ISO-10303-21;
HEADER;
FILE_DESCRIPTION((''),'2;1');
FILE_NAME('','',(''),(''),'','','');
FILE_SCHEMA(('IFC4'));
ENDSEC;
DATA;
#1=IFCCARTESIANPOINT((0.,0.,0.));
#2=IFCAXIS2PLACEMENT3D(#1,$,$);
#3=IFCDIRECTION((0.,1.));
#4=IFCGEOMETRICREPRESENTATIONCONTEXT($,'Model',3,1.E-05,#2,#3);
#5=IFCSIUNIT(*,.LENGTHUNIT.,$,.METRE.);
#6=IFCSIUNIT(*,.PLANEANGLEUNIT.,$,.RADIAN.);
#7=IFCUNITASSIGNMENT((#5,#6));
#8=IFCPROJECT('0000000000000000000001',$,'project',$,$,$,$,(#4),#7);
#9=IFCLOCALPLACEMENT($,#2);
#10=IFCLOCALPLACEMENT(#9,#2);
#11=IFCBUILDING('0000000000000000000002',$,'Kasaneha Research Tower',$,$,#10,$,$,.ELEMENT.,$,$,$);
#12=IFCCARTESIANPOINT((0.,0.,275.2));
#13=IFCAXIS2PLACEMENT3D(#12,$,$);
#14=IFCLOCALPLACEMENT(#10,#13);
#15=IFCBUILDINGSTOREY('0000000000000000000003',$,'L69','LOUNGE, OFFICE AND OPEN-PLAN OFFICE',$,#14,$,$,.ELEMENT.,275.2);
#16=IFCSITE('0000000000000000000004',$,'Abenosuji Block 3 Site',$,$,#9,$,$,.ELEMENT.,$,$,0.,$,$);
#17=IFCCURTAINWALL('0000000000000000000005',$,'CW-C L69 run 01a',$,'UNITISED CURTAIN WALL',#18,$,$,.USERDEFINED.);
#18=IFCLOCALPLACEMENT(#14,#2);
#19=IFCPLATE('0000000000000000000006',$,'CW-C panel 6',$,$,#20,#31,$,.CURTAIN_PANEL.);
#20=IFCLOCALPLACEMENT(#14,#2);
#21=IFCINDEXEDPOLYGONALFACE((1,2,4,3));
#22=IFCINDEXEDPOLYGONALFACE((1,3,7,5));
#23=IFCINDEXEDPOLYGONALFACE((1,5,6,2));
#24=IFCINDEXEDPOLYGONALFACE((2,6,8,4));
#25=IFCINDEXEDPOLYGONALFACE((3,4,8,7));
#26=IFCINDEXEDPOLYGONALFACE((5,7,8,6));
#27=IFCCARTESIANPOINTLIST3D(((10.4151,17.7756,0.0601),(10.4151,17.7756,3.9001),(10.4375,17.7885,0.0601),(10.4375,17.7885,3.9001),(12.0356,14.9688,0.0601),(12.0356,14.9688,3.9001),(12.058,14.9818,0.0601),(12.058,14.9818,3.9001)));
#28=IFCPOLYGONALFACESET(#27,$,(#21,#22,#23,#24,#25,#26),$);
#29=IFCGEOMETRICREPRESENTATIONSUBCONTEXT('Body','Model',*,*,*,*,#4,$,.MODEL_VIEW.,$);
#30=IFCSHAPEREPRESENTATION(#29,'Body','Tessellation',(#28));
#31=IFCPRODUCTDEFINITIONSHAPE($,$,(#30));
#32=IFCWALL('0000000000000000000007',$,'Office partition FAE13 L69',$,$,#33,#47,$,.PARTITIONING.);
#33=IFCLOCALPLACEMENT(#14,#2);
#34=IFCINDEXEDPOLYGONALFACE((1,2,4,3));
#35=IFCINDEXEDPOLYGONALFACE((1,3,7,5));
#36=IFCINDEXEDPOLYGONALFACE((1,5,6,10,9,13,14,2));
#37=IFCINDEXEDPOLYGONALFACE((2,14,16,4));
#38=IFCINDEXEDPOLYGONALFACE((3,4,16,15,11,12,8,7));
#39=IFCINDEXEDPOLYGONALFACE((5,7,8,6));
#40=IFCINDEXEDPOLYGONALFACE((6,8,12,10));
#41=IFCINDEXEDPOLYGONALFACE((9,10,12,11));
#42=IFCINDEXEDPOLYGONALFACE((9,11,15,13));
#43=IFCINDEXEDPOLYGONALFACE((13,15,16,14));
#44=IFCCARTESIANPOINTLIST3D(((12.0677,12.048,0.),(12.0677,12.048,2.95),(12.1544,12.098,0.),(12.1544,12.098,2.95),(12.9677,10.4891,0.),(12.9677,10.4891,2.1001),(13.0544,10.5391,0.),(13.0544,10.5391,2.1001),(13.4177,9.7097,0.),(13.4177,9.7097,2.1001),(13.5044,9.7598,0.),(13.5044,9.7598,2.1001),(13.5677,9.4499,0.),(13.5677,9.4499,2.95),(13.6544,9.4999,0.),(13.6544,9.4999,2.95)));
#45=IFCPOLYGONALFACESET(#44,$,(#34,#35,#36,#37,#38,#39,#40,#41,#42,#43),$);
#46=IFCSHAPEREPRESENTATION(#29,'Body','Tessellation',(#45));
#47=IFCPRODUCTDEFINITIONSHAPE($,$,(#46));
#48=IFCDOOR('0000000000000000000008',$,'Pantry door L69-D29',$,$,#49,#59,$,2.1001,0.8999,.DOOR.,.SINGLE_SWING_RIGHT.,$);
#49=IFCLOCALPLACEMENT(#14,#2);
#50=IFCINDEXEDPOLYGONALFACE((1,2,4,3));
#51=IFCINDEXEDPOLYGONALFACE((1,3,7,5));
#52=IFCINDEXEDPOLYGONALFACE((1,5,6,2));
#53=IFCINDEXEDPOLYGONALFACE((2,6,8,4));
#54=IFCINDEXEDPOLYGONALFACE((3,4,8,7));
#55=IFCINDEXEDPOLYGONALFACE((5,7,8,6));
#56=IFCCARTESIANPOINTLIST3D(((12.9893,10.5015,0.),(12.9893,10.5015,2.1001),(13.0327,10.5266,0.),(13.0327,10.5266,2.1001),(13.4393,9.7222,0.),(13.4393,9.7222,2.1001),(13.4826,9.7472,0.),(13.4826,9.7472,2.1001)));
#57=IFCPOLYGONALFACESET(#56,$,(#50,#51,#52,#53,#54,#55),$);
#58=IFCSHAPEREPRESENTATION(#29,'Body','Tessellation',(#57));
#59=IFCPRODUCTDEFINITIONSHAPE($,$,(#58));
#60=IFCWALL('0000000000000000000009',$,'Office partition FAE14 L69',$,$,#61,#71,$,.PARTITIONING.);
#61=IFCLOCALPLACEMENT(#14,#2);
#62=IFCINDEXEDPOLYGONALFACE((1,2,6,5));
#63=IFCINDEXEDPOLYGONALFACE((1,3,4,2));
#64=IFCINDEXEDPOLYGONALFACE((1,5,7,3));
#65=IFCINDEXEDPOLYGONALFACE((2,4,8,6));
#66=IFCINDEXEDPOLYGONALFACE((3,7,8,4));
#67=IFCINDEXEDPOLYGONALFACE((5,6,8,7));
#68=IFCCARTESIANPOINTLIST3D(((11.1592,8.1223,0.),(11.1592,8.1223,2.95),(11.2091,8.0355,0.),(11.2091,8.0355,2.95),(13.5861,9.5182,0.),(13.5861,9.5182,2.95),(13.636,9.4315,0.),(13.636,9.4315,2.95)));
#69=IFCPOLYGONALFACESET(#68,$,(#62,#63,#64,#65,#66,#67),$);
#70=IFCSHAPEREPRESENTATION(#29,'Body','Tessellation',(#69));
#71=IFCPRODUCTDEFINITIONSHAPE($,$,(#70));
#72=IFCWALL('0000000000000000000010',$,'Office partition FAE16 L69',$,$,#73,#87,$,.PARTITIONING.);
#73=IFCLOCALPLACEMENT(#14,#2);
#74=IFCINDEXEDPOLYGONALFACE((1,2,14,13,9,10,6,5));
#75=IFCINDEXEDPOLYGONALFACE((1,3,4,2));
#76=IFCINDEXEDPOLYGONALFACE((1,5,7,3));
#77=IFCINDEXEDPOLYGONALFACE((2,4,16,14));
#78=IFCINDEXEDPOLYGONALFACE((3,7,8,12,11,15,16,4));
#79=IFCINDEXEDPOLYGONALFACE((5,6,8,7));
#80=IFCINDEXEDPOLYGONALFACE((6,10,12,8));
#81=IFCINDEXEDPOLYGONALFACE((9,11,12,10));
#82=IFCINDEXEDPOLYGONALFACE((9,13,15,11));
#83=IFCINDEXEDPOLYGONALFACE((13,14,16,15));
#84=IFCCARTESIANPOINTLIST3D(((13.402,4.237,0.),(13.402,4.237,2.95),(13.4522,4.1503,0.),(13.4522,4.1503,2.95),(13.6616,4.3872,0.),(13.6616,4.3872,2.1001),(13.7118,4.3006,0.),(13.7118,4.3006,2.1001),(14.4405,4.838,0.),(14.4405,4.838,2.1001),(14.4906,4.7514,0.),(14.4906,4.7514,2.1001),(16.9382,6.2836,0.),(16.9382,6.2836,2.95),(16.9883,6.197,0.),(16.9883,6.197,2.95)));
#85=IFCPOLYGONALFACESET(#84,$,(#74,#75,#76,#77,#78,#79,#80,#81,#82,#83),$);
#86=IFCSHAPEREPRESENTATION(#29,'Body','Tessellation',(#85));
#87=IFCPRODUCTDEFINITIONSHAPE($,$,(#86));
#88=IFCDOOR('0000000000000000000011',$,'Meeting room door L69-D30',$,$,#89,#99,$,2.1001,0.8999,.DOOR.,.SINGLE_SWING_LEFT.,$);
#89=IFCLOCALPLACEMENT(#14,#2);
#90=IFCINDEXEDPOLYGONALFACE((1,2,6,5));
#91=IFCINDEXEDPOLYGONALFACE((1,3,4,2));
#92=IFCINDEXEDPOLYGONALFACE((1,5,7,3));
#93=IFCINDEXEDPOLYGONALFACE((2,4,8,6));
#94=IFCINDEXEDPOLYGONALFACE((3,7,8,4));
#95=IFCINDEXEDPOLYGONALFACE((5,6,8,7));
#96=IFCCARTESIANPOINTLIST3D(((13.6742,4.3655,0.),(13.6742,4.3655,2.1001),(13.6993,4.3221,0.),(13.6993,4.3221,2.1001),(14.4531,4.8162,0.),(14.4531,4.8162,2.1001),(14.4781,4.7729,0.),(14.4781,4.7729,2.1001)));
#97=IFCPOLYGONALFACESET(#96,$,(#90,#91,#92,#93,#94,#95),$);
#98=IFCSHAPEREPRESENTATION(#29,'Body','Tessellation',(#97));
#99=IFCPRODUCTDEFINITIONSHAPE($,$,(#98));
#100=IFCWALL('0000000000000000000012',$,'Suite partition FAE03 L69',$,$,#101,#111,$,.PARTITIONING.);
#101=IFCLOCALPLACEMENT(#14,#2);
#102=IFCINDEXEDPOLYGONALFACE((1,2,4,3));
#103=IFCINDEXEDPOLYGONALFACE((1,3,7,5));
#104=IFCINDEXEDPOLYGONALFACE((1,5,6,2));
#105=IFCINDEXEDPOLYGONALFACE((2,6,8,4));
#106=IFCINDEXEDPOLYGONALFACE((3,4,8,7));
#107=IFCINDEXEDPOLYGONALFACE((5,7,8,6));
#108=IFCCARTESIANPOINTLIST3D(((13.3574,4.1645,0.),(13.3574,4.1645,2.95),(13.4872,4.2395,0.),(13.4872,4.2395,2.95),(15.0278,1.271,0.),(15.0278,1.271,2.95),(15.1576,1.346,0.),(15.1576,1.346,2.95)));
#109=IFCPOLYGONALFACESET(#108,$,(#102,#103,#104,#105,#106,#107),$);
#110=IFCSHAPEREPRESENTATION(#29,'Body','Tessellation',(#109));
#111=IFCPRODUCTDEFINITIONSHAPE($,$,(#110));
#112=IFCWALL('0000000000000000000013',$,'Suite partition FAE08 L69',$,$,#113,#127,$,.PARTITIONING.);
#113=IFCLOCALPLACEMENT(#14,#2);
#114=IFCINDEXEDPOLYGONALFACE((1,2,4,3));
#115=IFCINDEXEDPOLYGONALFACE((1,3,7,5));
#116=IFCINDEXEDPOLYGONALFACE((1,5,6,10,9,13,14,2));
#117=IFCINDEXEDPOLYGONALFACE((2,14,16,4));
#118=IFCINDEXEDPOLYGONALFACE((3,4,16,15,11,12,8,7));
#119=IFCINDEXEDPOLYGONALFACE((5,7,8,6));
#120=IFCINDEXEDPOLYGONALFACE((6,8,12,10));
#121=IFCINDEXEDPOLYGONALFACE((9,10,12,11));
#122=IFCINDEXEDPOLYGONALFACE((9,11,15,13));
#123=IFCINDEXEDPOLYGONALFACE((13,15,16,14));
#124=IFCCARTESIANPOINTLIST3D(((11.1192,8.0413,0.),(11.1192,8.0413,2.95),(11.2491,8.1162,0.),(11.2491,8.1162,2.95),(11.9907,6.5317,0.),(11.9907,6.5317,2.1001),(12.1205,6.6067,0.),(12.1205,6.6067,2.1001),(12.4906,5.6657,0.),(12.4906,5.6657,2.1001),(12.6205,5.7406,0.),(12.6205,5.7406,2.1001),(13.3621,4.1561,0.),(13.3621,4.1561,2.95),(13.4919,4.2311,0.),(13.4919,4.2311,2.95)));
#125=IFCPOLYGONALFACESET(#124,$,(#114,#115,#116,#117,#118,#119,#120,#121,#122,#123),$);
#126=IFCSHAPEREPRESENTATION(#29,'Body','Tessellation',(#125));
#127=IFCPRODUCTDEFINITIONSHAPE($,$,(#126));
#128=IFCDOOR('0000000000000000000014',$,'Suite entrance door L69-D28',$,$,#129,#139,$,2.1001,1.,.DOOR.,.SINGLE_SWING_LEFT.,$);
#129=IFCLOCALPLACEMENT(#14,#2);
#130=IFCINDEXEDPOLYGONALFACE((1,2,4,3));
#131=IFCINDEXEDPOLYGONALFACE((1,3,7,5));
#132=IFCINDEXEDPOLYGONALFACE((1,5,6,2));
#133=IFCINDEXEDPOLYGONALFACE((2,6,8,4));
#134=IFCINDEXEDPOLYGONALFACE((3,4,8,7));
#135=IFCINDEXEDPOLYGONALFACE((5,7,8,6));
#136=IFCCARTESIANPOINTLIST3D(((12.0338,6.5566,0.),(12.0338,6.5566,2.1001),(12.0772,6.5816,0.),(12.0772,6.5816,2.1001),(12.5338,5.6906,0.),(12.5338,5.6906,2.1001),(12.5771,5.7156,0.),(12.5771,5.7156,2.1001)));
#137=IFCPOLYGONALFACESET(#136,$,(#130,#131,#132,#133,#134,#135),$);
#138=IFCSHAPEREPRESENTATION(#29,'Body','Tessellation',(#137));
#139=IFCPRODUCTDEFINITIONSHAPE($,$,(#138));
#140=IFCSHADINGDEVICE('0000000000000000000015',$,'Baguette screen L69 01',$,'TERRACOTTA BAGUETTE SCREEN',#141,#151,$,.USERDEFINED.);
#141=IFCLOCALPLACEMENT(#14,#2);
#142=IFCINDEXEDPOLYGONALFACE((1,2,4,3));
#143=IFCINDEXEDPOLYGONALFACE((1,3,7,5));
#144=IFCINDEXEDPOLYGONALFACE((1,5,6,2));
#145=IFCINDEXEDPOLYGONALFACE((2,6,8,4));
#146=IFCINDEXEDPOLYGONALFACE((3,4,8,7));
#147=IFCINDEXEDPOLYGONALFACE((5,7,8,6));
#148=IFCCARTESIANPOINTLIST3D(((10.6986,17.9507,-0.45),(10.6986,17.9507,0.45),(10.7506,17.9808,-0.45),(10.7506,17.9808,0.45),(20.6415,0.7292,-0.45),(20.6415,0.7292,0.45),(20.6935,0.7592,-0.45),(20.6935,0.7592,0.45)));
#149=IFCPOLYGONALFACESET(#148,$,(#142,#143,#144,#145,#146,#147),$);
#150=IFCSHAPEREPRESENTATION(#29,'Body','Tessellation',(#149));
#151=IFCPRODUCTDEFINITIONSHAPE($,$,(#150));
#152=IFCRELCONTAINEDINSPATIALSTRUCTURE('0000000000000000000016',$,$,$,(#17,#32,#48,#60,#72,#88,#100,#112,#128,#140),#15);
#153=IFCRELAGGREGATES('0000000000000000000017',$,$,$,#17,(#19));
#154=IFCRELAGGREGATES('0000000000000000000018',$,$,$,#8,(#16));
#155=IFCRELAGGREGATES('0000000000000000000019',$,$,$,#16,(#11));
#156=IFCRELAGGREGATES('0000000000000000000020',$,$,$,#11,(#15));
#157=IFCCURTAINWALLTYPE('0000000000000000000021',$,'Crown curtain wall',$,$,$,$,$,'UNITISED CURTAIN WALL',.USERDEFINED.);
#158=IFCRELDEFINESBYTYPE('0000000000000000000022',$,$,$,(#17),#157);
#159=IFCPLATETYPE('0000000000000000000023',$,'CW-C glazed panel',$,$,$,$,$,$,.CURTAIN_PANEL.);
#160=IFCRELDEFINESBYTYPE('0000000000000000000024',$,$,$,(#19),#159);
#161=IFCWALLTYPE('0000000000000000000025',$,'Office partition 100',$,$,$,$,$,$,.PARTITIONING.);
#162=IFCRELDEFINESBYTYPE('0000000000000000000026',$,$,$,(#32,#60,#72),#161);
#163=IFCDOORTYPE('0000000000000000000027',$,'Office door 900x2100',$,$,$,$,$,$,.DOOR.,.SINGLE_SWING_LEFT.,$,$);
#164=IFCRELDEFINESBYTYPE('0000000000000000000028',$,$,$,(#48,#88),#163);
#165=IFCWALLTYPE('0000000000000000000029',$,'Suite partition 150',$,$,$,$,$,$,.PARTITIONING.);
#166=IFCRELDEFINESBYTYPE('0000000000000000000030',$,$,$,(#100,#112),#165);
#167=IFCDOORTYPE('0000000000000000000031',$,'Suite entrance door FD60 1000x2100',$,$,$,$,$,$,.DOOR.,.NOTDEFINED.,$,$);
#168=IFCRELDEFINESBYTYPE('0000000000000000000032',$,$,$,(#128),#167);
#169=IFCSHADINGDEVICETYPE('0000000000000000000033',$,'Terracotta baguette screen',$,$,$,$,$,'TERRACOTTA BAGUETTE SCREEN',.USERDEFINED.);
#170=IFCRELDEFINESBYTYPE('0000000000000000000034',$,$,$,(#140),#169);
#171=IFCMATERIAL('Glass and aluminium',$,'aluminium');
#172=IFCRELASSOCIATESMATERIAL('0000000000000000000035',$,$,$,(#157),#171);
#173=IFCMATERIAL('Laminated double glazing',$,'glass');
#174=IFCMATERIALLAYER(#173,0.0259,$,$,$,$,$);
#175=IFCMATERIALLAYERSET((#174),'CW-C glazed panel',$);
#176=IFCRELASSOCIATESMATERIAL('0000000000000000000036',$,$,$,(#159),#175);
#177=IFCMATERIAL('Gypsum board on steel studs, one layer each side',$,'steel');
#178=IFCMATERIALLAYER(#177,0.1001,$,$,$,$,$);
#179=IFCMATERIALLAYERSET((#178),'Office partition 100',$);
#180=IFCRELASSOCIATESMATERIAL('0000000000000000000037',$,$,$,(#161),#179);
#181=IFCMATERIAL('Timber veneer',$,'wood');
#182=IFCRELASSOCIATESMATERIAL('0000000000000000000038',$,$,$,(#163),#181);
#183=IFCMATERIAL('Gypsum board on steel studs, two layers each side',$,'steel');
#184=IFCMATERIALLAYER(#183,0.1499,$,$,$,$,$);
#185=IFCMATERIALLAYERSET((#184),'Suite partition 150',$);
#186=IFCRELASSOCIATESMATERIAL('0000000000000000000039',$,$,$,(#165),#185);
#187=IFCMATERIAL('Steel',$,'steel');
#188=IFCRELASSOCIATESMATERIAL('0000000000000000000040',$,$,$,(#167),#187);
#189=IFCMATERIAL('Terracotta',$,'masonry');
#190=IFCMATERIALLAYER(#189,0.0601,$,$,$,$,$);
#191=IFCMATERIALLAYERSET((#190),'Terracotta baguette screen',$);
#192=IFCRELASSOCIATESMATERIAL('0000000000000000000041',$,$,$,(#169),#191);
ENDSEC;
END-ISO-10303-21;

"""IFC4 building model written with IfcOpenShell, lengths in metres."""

from ifc_helpers import new_model, si_unit, direction, frame, frame_2d, origin, origin_2d, place, context, subcontext, project, spatial, rectangle, extrude, material, layer, layer_set, type_object, element, fill, aggregate, save


model = new_model("IFC4")

# Units and contexts
model_context = context("Model", 3, precision=1e-05, world=origin(), true_north=direction((0.0, 1.0)))
body_context = subcontext(model_context, "Body", "Model", "MODEL_VIEW")
ifc_project = project(units=[si_unit("LENGTHUNIT", "METRE"), si_unit("PLANEANGLEUNIT", "RADIAN")], contexts=[model_context])

# Site, building, storey
site_placement = place(None, origin())
site = spatial("IfcSite", under=ifc_project, at=site_placement, Name="Abenosuji Block 3 Site", CompositionType="ELEMENT", RefElevation=0.0)
building_placement = place(site_placement, origin())
building = spatial("IfcBuilding", under=site, at=building_placement, Name="Kasaneha Research Tower", CompositionType="ELEMENT")
storey_placement = place(building_placement, frame((0.0, 0.0, 275.2)))
storey = spatial("IfcBuildingStorey", under=building, at=storey_placement, Name="L69", Description="LOUNGE, OFFICE AND OPEN-PLAN OFFICE", CompositionType="ELEMENT", Elevation=275.2)

# Curtain wall, plate
ifc_material_1 = material(Name="Glass and aluminium", Category="aluminium")
curtain_wall_type = type_object("IfcCurtainWallType", Name="Crown curtain wall", ElementType="UNITISED CURTAIN WALL", PredefinedType="USERDEFINED", material=ifc_material_1)
curtain_wall_placement = place(storey_placement, origin())
curtain_wall = element("IfcCurtainWall", 1, at=curtain_wall_placement, inside=storey, type_object=curtain_wall_type, Name="CW-C L69 run 01a", ObjectType="UNITISED CURTAIN WALL", PredefinedType="USERDEFINED")
ifc_material_2 = material(Name="Laminated double glazing", Category="glass")
ifc_layer_1 = layer(ifc_material_2, 0.0259)
ifc_layer_set_1 = layer_set([ifc_layer_1], Name="CW-C glazed panel")
plate_type = type_object("IfcPlateType", Name="CW-C glazed panel", PredefinedType="CURTAIN_PANEL", material=ifc_layer_set_1)
plate_1_placement = place(storey_placement, frame((11.2366, 16.3787, 0.0601), z_axis=(0.0, 0.0, 1.0), x_axis=(-0.5, 0.866025, 0.0)))
plate_1 = element("IfcPlate", 2, at=plate_1_placement, type_object=plate_type, Name="CW-C panel 6", PredefinedType="CURTAIN_PANEL", context=body_context, shape_type="SweptSolid", body=[
    extrude(rectangle(XDim=3.241, YDim=0.0259, at=origin_2d()), origin(), (0.0, 0.0, 1.0), 3.8401),
])
aggregate(curtain_wall, [plate_1])

# Wall, opening, door
ifc_material_3 = material(Name="Gypsum board on steel studs, one layer each side", Category="steel")
ifc_layer_2 = layer(ifc_material_3, 0.1001)
ifc_layer_set_2 = layer_set([ifc_layer_2], Name="Office partition 100")
wall_type_1 = type_object("IfcWallType", Name="Office partition 100", PredefinedType="PARTITIONING", material=ifc_layer_set_2)
wall_1_placement = place(storey_placement, frame((12.1111, 12.073, 0.0), z_axis=(0.0, 0.0, 1.0), x_axis=(0.49999, -0.866031, 0.0)))
wall_1 = element("IfcWall", 3, at=wall_1_placement, inside=storey, type_object=wall_type_1, Name="Office partition FAE13 L69", PredefinedType="PARTITIONING", context=body_context, shape_type="SweptSolid", body=[
    extrude(rectangle(XDim=3.0, YDim=0.1001, at=frame_2d((1.5, 0.0))), origin(), (0.0, 0.0, 1.0), 2.95),
])
opening_1_placement = place(wall_1_placement, frame((1.8, 0.0, 0.0)))
opening_1 = element("IfcOpeningElement", 4, at=opening_1_placement, cuts=wall_1, PredefinedType="OPENING", context=body_context, shape_type="SweptSolid", body=[
    extrude(rectangle(XDim=0.8999, YDim=2.1001, at=frame_2d((0.45, 1.05))), frame((0.0, 0.0601, 0.0), z_axis=(0.0, -1.0, 0.0), x_axis=(1.0, 0.0, 0.0)), (0.0, 0.0, 1.0), 0.1201),
])
ifc_material_4 = material(Name="Timber veneer", Category="wood")
door_type_1 = type_object("IfcDoorType", Name="Office door 900x2100", OperationType="SINGLE_SWING_LEFT", PredefinedType="DOOR", material=ifc_material_4)
door_1_placement = place(opening_1_placement, origin())
door_1 = element("IfcDoor", 5, at=door_1_placement, inside=storey, type_object=door_type_1, Name="Pantry door L69-D29", OperationType="SINGLE_SWING_RIGHT", OverallHeight=2.1001, OverallWidth=0.8999, PredefinedType="DOOR", context=body_context, shape_type="SweptSolid", body=[
    extrude(rectangle(XDim=0.8999, YDim=2.1001, at=frame_2d((0.45, 1.05))), frame((0.0, 0.0249, 0.0), z_axis=(0.0, -1.0, 0.0), x_axis=(1.0, 0.0, 0.0)), (0.0, 0.0, 1.0), 0.05),
])
fill(opening_1, door_1)

# Wall
wall_2_placement = place(storey_placement, frame((13.6111, 9.4749, 0.0), z_axis=(0.0, 0.0, 1.0), x_axis=(-0.866834, -0.498597, 0.0)))
element("IfcWall", 6, at=wall_2_placement, inside=storey, type_object=wall_type_1, Name="Office partition FAE14 L69", PredefinedType="PARTITIONING", context=body_context, shape_type="SweptSolid", body=[
    extrude(rectangle(XDim=2.7998, YDim=0.1001, at=frame_2d((1.3999, 0.0))), origin(), (0.0, 0.0, 1.0), 2.95),
])

# Wall, opening, door
wall_3_placement = place(storey_placement, frame((13.427, 4.1936, 0.0), z_axis=(0.0, 0.0, 1.0), x_axis=(0.86549, 0.500926, 0.0)))
wall_3 = element("IfcWall", 7, at=wall_3_placement, inside=storey, type_object=wall_type_1, Name="Office partition FAE16 L69", PredefinedType="PARTITIONING", context=body_context, shape_type="SweptSolid", body=[
    extrude(rectangle(XDim=4.0857, YDim=0.1001, at=frame_2d((2.043, 0.0))), origin(), (0.0, 0.0, 1.0), 2.95),
])
opening_2_placement = place(wall_3_placement, frame((0.3, 0.0, 0.0)))
opening_2 = element("IfcOpeningElement", 8, at=opening_2_placement, cuts=wall_3, PredefinedType="OPENING", context=body_context, shape_type="SweptSolid", body=[
    extrude(rectangle(XDim=0.8999, YDim=2.1001, at=frame_2d((0.45, 1.05))), frame((0.0, 0.0601, 0.0), z_axis=(0.0, -1.0, 0.0), x_axis=(1.0, 0.0, 0.0)), (0.0, 0.0, 1.0), 0.1201),
])
door_2_placement = place(opening_2_placement, origin())
door_2 = element("IfcDoor", 9, at=door_2_placement, inside=storey, type_object=door_type_1, Name="Meeting room door L69-D30", OperationType="SINGLE_SWING_LEFT", OverallHeight=2.1001, OverallWidth=0.8999, PredefinedType="DOOR", context=body_context, shape_type="SweptSolid", body=[
    extrude(rectangle(XDim=0.8999, YDim=2.1001, at=frame_2d((0.45, 1.05))), frame((0.0, 0.0249, 0.0), z_axis=(0.0, -1.0, 0.0), x_axis=(1.0, 0.0, 0.0)), (0.0, 0.0, 1.0), 0.05),
])
fill(opening_2, door_2)

# Wall
ifc_material_5 = material(Name="Gypsum board on steel studs, two layers each side", Category="steel")
ifc_layer_3 = layer(ifc_material_5, 0.1499)
ifc_layer_set_3 = layer_set([ifc_layer_3], Name="Suite partition 150")
wall_type_2 = type_object("IfcWallType", Name="Suite partition 150", PredefinedType="PARTITIONING", material=ifc_layer_set_3)
wall_4_placement = place(storey_placement, frame((13.4224, 4.2019, 0.0), z_axis=(0.0, 0.0, 1.0), x_axis=(0.499959, -0.866049, 0.0)))
element("IfcWall", 10, at=wall_4_placement, inside=storey, type_object=wall_type_2, Name="Suite partition FAE03 L69", PredefinedType="PARTITIONING", context=body_context, shape_type="SweptSolid", body=[
    extrude(rectangle(XDim=3.3411, YDim=0.1499, at=frame_2d((1.6704, 0.0))), origin(), (0.0, 0.0, 1.0), 2.95),
])

# Wall, opening, door
wall_5_placement = place(storey_placement, frame((11.1841, 8.0789, 0.0), z_axis=(0.0, 0.0, 1.0), x_axis=(0.499961, -0.866048, 0.0)))
wall_5 = element("IfcWall", 11, at=wall_5_placement, inside=storey, type_object=wall_type_2, Name="Suite partition FAE08 L69", PredefinedType="PARTITIONING", context=body_context, shape_type="SweptSolid", body=[
    extrude(rectangle(XDim=4.4861, YDim=0.1499, at=frame_2d((2.2432, 0.0))), origin(), (0.0, 0.0, 1.0), 2.95),
])
opening_3_placement = place(wall_5_placement, frame((1.7432, 0.0, 0.0)))
opening_3 = element("IfcOpeningElement", 12, at=opening_3_placement, cuts=wall_5, PredefinedType="OPENING", context=body_context, shape_type="SweptSolid", body=[
    extrude(rectangle(XDim=1.0, YDim=2.1001, at=frame_2d((0.5, 1.05))), frame((0.0, 0.085, 0.0), z_axis=(0.0, -1.0, 0.0), x_axis=(1.0, 0.0, 0.0)), (0.0, 0.0, 1.0), 0.1699),
])
ifc_material_6 = material(Name="Steel", Category="steel")
door_type_2 = type_object("IfcDoorType", Name="Suite entrance door FD60 1000x2100", OperationType="NOTDEFINED", PredefinedType="DOOR", material=ifc_material_6)
door_3_placement = place(opening_3_placement, origin())
door_3 = element("IfcDoor", 13, at=door_3_placement, inside=storey, type_object=door_type_2, Name="Suite entrance door L69-D28", OperationType="SINGLE_SWING_LEFT", OverallHeight=2.1001, OverallWidth=1.0, PredefinedType="DOOR", context=body_context, shape_type="SweptSolid", body=[
    extrude(rectangle(XDim=1.0, YDim=2.1001, at=frame_2d((0.5, 1.05))), frame((0.0, 0.0249, 0.0), z_axis=(0.0, -1.0, 0.0), x_axis=(1.0, 0.0, 0.0)), (0.0, 0.0, 1.0), 0.05),
])
fill(opening_3, door_3)

# Shading device
ifc_material_7 = material(Name="Terracotta", Category="masonry")
ifc_layer_4 = layer(ifc_material_7, 0.0601)
ifc_layer_set_4 = layer_set([ifc_layer_4], Name="Terracotta baguette screen")
shading_device_type = type_object("IfcShadingDeviceType", Name="Terracotta baguette screen", ElementType="TERRACOTTA BAGUETTE SCREEN", PredefinedType="USERDEFINED", material=ifc_layer_set_4)
shading_device_placement = place(storey_placement, frame((15.696, 9.355, -0.45), z_axis=(0.0, 0.0, 1.0), x_axis=(-0.5, 0.866025, 0.0)))
element("IfcShadingDevice", 14, at=shading_device_placement, inside=storey, type_object=shading_device_type, Name="Baguette screen L69 01", ObjectType="TERRACOTTA BAGUETTE SCREEN", PredefinedType="USERDEFINED", context=body_context, shape_type="SweptSolid", body=[
    extrude(rectangle(XDim=19.8857, YDim=0.0601, at=origin_2d()), origin(), (0.0, 0.0, 1.0), 0.8999),
])

save(model, "model.ifc")
